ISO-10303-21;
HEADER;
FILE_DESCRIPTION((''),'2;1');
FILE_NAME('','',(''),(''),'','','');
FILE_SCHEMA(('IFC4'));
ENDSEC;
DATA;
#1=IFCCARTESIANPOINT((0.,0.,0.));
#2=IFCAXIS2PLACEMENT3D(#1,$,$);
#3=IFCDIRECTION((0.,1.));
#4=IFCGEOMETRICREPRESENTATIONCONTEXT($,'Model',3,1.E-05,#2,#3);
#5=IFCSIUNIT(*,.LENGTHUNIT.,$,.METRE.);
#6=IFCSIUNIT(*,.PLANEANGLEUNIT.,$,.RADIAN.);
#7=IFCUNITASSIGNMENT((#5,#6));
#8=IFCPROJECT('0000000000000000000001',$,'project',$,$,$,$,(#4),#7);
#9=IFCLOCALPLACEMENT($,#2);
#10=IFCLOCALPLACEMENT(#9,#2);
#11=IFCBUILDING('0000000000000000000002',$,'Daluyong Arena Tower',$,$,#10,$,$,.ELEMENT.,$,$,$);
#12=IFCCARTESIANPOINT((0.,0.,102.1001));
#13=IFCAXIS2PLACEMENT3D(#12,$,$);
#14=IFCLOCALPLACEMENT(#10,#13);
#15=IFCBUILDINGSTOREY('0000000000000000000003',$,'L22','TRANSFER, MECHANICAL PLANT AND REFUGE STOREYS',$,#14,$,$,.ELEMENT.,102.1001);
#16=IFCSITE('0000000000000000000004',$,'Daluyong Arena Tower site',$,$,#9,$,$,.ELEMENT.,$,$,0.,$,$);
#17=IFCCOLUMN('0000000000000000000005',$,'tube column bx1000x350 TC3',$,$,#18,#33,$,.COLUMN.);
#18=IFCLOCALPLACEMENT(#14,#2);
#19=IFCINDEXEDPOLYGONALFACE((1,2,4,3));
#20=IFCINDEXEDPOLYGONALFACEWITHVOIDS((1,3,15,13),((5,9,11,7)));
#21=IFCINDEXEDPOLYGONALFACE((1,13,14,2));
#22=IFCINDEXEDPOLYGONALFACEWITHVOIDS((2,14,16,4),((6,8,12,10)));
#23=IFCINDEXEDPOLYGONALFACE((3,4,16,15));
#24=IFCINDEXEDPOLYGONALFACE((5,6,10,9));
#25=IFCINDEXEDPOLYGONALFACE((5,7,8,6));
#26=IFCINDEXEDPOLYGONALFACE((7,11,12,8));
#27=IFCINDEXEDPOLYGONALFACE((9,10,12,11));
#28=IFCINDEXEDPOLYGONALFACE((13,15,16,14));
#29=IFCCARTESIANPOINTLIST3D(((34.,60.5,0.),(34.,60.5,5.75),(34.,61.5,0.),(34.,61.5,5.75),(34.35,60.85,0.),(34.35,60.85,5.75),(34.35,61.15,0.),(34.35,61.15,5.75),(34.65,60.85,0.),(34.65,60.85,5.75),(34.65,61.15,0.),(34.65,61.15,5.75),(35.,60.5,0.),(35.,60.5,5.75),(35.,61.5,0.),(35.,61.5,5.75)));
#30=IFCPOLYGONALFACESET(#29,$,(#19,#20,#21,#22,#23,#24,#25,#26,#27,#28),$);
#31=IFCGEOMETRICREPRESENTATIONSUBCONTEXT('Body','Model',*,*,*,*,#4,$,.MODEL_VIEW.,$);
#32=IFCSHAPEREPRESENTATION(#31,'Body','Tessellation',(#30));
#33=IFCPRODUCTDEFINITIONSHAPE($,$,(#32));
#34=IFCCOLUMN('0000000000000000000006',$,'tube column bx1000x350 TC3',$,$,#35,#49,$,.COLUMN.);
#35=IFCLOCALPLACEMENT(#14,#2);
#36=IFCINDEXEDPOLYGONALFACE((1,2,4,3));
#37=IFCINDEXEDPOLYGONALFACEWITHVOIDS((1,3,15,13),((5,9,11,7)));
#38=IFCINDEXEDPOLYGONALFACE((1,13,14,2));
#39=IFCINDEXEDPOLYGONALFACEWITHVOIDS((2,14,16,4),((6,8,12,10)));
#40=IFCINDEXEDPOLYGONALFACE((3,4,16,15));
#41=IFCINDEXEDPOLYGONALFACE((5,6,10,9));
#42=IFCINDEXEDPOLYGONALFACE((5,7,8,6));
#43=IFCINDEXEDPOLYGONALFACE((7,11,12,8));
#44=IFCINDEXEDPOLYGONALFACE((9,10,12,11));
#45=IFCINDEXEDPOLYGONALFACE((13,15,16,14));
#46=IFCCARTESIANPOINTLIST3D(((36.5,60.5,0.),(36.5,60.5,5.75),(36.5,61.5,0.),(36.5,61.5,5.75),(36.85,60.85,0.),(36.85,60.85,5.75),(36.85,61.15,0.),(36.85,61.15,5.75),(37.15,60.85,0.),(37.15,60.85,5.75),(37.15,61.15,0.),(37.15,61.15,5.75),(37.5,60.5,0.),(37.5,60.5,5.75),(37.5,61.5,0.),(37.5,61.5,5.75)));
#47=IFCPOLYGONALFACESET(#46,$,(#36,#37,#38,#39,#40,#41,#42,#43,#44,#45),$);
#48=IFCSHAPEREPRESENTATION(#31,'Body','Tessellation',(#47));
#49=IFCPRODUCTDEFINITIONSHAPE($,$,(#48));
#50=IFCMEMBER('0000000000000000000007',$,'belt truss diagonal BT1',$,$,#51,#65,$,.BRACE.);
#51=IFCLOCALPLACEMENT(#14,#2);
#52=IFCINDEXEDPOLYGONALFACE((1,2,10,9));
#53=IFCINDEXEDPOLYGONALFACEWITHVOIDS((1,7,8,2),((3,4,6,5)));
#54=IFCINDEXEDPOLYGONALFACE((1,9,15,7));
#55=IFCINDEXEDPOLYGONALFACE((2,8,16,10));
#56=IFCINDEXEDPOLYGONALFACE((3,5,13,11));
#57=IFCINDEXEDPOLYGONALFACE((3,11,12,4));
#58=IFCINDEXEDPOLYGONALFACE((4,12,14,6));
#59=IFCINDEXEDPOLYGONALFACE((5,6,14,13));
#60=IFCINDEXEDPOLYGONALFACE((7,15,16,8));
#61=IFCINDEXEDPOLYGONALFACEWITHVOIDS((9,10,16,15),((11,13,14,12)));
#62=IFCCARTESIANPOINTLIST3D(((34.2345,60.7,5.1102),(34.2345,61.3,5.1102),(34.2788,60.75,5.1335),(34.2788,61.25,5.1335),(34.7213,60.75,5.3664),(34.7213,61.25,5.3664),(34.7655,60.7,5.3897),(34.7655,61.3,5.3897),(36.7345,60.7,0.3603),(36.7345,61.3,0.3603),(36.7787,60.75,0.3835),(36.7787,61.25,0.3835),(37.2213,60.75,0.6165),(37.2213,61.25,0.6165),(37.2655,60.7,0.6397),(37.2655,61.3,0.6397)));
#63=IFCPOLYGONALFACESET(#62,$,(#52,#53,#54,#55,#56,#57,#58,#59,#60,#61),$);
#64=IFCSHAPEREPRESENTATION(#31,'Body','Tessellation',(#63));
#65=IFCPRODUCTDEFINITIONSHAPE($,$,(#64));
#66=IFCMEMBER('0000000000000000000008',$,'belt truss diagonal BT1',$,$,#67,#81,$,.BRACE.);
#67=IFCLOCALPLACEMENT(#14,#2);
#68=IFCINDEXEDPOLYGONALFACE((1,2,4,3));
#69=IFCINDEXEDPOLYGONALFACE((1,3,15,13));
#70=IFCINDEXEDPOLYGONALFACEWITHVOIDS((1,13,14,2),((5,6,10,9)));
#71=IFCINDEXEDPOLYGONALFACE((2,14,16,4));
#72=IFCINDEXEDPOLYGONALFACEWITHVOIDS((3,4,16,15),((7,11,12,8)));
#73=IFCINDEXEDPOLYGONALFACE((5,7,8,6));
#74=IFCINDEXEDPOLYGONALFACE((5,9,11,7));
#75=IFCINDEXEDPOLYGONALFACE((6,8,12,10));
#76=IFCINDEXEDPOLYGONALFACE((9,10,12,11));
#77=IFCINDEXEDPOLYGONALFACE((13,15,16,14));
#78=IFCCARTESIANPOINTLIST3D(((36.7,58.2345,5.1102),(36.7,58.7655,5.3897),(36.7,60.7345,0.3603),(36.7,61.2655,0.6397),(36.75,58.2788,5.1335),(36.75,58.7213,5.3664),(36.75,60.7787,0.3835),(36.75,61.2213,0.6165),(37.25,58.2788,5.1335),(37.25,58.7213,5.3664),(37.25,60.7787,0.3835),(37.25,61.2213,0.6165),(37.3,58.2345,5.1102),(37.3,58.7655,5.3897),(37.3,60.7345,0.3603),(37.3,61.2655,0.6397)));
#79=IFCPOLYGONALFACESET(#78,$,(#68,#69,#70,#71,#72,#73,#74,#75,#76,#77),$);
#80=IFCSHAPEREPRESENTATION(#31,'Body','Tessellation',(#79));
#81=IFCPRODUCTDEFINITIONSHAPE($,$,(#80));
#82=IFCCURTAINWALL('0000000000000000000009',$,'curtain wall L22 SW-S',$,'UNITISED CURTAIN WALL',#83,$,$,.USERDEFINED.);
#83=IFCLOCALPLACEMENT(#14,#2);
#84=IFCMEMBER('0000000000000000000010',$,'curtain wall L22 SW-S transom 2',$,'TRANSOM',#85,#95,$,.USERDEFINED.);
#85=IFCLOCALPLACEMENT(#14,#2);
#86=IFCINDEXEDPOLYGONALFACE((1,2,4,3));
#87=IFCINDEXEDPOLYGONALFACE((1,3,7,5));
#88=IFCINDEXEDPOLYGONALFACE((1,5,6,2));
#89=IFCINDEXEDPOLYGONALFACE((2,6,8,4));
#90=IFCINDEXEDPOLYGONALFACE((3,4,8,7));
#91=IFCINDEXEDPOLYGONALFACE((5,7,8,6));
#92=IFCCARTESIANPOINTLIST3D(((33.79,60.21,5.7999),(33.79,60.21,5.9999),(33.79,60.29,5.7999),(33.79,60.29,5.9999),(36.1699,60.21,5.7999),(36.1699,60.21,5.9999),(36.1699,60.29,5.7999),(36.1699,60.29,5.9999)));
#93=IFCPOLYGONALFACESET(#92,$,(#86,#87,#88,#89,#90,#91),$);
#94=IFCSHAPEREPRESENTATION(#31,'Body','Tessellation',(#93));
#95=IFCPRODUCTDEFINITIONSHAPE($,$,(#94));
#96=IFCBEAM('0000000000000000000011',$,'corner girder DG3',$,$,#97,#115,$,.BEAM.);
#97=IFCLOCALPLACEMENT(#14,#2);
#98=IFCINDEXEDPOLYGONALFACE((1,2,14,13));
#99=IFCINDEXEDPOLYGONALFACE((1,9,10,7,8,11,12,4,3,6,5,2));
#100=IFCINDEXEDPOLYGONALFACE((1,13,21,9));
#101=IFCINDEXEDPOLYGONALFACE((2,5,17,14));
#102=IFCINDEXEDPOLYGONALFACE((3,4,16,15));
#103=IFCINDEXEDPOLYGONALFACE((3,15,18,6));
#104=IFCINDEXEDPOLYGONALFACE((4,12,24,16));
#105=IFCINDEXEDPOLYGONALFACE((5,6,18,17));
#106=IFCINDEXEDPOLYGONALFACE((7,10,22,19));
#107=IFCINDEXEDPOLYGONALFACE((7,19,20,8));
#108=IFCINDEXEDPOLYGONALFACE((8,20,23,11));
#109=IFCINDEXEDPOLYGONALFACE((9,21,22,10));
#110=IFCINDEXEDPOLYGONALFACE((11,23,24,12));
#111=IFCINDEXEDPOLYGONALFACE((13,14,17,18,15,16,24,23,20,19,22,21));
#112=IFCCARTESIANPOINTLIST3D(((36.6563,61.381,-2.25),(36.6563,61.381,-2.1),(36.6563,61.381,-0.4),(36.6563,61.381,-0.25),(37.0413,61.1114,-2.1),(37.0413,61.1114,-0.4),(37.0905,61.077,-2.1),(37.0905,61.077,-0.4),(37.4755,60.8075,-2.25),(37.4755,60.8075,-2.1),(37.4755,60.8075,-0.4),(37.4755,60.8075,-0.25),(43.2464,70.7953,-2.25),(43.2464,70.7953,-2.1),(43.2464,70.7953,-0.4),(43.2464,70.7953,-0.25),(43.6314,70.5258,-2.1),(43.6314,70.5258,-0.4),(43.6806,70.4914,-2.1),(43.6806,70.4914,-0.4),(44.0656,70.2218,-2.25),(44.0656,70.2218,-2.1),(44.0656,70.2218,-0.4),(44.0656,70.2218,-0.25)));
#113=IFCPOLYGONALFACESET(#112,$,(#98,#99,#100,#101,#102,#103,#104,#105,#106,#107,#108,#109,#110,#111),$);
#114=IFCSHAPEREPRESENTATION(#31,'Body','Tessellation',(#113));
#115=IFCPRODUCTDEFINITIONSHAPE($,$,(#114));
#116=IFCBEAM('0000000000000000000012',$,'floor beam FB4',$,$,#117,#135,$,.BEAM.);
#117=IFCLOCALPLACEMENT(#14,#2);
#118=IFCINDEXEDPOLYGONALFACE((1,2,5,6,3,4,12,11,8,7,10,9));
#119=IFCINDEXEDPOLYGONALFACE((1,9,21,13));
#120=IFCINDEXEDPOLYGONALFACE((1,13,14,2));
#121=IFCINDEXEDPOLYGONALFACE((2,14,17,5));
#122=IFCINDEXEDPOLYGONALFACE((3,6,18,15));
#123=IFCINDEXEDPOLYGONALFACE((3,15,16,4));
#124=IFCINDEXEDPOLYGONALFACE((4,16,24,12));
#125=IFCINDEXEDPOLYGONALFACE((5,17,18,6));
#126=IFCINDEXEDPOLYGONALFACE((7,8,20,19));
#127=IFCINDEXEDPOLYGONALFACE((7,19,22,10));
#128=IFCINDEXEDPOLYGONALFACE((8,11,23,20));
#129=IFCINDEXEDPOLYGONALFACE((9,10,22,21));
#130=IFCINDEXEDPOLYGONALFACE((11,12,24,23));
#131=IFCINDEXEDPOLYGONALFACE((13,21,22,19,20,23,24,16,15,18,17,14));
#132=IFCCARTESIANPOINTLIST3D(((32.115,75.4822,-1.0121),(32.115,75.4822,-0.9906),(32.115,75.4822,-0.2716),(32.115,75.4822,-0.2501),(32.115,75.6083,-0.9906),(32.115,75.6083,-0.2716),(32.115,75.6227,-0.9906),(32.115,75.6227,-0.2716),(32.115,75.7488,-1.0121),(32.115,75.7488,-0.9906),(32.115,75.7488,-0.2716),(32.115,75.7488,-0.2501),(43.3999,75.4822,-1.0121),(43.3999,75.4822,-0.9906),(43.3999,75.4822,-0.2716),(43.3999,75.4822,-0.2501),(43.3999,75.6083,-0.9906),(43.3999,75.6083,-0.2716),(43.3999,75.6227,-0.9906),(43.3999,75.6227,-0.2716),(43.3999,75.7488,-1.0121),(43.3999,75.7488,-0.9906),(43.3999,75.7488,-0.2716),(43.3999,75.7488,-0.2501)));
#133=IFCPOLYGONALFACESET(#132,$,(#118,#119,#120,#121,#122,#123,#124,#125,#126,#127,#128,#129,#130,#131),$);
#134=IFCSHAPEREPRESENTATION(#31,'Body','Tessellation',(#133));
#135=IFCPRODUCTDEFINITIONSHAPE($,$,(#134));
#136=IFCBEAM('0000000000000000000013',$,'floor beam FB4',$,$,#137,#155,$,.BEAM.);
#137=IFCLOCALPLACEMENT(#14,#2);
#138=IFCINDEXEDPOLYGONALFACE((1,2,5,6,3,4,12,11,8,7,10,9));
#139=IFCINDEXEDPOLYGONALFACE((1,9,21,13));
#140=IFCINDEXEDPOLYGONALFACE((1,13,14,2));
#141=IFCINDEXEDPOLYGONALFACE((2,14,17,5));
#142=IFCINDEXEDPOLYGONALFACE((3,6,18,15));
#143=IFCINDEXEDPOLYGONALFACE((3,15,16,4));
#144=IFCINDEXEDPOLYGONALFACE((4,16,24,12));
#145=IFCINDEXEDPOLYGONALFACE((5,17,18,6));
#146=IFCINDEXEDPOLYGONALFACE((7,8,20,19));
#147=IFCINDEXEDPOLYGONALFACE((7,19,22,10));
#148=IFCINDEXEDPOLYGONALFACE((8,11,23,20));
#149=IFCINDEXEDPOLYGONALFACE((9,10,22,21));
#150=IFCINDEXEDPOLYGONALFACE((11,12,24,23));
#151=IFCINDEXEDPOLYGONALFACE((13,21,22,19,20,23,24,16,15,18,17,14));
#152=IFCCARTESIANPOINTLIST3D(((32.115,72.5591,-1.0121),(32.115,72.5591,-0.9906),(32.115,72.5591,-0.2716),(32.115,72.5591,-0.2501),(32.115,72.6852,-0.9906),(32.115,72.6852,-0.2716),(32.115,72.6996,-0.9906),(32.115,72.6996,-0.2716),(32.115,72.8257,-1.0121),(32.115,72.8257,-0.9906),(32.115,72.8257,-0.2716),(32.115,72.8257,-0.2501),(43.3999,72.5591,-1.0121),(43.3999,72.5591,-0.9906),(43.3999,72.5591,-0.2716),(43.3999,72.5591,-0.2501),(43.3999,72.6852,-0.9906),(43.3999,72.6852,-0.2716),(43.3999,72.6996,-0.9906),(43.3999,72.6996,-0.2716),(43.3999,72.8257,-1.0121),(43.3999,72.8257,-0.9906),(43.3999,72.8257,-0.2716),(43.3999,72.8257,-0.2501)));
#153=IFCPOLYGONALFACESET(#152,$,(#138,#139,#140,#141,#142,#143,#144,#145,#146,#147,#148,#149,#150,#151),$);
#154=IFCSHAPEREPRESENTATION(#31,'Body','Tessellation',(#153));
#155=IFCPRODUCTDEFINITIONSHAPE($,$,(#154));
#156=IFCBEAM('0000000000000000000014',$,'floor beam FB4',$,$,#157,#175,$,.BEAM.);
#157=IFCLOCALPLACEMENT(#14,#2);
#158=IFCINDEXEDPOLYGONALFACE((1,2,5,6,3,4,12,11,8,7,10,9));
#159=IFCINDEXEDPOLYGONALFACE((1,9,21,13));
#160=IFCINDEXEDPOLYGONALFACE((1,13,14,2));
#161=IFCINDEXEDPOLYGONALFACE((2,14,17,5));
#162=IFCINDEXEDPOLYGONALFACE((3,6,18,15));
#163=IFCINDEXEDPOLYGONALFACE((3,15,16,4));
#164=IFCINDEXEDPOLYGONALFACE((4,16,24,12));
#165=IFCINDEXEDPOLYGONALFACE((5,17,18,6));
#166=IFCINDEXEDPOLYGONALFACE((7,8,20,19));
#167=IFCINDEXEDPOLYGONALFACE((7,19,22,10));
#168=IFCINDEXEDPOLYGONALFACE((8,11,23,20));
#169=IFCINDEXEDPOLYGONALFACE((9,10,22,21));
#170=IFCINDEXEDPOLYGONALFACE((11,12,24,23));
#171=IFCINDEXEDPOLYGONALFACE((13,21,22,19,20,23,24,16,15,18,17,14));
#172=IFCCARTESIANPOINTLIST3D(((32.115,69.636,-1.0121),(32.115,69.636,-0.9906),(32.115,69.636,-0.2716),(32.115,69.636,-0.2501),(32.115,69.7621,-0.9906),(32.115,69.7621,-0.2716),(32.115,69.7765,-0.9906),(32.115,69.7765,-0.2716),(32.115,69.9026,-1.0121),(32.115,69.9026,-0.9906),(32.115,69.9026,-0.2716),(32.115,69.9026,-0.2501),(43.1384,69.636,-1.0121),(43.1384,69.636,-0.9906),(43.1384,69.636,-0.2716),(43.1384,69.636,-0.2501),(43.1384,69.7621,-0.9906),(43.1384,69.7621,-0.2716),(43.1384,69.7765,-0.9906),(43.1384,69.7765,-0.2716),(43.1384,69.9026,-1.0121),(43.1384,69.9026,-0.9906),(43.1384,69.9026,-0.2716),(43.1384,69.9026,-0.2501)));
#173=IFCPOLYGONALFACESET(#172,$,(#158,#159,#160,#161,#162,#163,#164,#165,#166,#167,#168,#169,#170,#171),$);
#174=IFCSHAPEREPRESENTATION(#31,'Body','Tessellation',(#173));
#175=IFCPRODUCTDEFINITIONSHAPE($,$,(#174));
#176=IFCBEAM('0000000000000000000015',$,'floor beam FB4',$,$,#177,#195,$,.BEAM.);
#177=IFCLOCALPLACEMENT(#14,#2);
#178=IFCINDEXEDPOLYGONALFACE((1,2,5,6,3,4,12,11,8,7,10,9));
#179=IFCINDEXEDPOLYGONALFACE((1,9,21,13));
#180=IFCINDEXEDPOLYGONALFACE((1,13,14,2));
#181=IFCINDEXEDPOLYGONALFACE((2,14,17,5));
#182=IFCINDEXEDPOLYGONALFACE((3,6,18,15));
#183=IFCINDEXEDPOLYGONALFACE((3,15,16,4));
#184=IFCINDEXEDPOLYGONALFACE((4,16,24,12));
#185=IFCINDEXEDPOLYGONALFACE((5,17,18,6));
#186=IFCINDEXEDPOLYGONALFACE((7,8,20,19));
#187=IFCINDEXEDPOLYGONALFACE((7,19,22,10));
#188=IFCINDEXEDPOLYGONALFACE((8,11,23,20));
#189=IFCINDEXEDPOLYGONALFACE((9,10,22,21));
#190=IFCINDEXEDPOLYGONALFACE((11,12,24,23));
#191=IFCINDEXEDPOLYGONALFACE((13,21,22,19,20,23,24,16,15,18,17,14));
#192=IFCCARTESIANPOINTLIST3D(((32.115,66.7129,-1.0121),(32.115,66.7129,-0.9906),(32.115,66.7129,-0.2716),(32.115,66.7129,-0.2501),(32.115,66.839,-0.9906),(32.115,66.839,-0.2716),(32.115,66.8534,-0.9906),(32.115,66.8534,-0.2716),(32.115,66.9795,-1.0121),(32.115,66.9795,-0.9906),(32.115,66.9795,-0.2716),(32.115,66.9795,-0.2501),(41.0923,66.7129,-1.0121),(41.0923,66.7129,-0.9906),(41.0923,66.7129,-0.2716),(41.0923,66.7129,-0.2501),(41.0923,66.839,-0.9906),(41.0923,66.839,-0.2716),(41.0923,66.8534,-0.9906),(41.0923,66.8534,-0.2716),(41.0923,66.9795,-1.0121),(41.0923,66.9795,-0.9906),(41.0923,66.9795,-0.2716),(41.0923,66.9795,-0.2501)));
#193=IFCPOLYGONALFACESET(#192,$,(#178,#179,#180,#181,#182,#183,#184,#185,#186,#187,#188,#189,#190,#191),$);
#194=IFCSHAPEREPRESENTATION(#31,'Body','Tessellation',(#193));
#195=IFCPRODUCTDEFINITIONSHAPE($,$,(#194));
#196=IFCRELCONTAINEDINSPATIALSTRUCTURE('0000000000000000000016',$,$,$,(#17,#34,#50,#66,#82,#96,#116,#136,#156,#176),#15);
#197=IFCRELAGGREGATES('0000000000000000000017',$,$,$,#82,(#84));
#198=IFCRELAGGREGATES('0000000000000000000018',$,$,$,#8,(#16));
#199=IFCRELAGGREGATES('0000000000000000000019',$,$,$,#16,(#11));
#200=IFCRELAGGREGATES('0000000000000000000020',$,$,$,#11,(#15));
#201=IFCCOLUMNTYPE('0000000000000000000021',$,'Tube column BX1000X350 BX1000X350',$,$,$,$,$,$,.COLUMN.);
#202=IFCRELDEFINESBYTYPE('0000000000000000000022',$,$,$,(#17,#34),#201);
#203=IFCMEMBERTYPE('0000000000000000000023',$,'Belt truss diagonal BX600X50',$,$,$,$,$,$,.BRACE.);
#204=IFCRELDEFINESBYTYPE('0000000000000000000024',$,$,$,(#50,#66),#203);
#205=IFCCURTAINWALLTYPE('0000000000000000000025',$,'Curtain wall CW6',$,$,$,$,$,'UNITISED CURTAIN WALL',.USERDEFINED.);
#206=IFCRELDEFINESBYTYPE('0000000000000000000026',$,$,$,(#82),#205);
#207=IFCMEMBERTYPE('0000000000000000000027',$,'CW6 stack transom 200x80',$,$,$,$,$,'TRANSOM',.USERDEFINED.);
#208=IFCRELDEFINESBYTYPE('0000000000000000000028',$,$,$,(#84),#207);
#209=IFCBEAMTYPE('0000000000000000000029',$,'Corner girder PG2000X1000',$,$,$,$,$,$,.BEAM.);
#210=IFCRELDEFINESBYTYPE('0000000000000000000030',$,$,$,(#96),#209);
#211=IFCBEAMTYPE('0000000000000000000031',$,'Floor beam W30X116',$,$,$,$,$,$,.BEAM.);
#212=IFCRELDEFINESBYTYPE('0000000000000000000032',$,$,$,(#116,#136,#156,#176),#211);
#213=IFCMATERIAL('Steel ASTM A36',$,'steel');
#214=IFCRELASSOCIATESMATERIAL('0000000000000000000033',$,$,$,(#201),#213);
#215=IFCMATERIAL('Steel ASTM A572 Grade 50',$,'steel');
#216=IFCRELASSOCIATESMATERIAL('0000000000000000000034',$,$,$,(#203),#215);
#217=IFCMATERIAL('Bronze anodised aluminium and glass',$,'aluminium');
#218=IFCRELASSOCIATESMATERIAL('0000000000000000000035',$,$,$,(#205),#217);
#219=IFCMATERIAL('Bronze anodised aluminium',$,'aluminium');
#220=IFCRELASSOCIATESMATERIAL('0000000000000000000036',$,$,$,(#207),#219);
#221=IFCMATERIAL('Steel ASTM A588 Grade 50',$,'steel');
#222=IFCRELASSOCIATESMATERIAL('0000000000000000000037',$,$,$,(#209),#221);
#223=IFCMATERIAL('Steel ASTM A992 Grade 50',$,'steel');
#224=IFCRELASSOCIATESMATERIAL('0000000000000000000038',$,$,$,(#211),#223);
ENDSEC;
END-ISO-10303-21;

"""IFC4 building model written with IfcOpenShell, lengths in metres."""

from ifc_helpers import new_model, si_unit, direction, frame, origin, origin_2d, place, context, subcontext, project, spatial, rectangle, hollow_rectangle, i_section, extrude, material, material_profile, profile_set, type_object, element, aggregate, save


model = new_model("IFC4")

# Units and contexts
model_context = context("Model", 3, precision=1e-05, world=origin(), true_north=direction((0.0, 1.0)))
body_context = subcontext(model_context, "Body", "Model", "MODEL_VIEW")
ifc_project = project(units=[si_unit("LENGTHUNIT", "METRE"), si_unit("PLANEANGLEUNIT", "RADIAN")], contexts=[model_context])

# Site, building, storey
site_placement = place(None, origin())
site = spatial("IfcSite", under=ifc_project, at=site_placement, Name="Daluyong Arena Tower site", CompositionType="ELEMENT", RefElevation=0.0)
building_placement = place(site_placement, origin())
building = spatial("IfcBuilding", under=site, at=building_placement, Name="Daluyong Arena Tower", CompositionType="ELEMENT")
storey_placement = place(building_placement, frame((0.0, 0.0, 102.1001)))
storey = spatial("IfcBuildingStorey", under=building, at=storey_placement, Name="L22", Description="TRANSFER, MECHANICAL PLANT AND REFUGE STOREYS", CompositionType="ELEMENT", Elevation=102.1001)

# Columns
ifc_material_1 = material(Name="Steel ASTM A36", Category="steel")
ifc_material_profile_1 = material_profile(ifc_material_1, hollow_rectangle(XDim=1.0, YDim=1.0, WallThickness=0.35, at=origin_2d()))
ifc_profile_set_1 = profile_set([ifc_material_profile_1], Name="Steel ASTM A36")
column_type = type_object("IfcColumnType", Name="Tube column BX1000X350 BX1000X350", PredefinedType="COLUMN", material=ifc_profile_set_1)
for number, where, z_axis, x_axis, name in (
    (1, (34.5, 61.0, 0.0), (0.0, 0.0, 1.0), (1.0, 0.0, 0.0), "tube column bx1000x350 TC3"),
    (2, (37.0, 61.0, 0.0), (0.0, 0.0, 1.0), (0.0, 1.0, 0.0), "tube column bx1000x350 TC3"),
):
    element("IfcColumn", number, at=place(storey_placement, frame(where, z_axis=z_axis, x_axis=x_axis)), inside=storey, type_object=column_type, Name=name, PredefinedType="COLUMN", context=body_context, shape_type="SweptSolid", body=[
        extrude(hollow_rectangle(XDim=1.0, YDim=1.0, WallThickness=0.35, at=origin_2d()), origin(), (0.0, 0.0, 1.0), 5.75),
    ])

# Members
ifc_material_2 = material(Name="Steel ASTM A572 Grade 50", Category="steel")
ifc_material_profile_2 = material_profile(ifc_material_2, hollow_rectangle(XDim=0.6001, YDim=0.6001, WallThickness=0.05, at=origin_2d()))
ifc_profile_set_2 = profile_set([ifc_material_profile_2], Name="Steel ASTM A572 Grade 50")
member_type_1 = type_object("IfcMemberType", Name="Belt truss diagonal BX600X50", PredefinedType="BRACE", material=ifc_profile_set_2)
for number, where, z_axis, x_axis, name in (
    (3, (37.0, 61.0, 0.5), (-0.465746, 0.0, 0.884918), (0.0, -1.0, 0.0), "belt truss diagonal BT1"),
    (4, (37.0, 61.0, 0.5), (0.0, -0.465746, 0.884918), (1.0, 0.0, 0.0), "belt truss diagonal BT1"),
):
    element("IfcMember", number, at=place(storey_placement, frame(where, z_axis=z_axis, x_axis=x_axis)), inside=storey, type_object=member_type_1, Name=name, PredefinedType="BRACE", context=body_context, shape_type="SweptSolid", body=[
        extrude(hollow_rectangle(XDim=0.6001, YDim=0.6001, WallThickness=0.05, at=origin_2d()), origin(), (0.0, 0.0, 1.0), 5.3677),
    ])

# Curtain wall, member
ifc_material_3 = material(Name="Bronze anodised aluminium and glass", Category="aluminium")
curtain_wall_type = type_object("IfcCurtainWallType", Name="Curtain wall CW6", ElementType="UNITISED CURTAIN WALL", PredefinedType="USERDEFINED", material=ifc_material_3)
curtain_wall_placement = place(storey_placement, origin())
curtain_wall = element("IfcCurtainWall", 5, at=curtain_wall_placement, inside=storey, type_object=curtain_wall_type, Name="curtain wall L22 SW-S", ObjectType="UNITISED CURTAIN WALL", PredefinedType="USERDEFINED")
ifc_material_4 = material(Name="Bronze anodised aluminium", Category="aluminium")
ifc_material_profile_3 = material_profile(ifc_material_4, rectangle(XDim=0.0801, YDim=0.2, at=origin_2d()))
ifc_profile_set_3 = profile_set([ifc_material_profile_3], Name="Bronze anodised aluminium")
member_type_2 = type_object("IfcMemberType", Name="CW6 stack transom 200x80", ElementType="TRANSOM", PredefinedType="USERDEFINED", material=ifc_profile_set_3)
member_1_placement = place(storey_placement, frame((33.79, 60.25, 5.8999), z_axis=(1.0, 0.0, 0.0), x_axis=(0.0, 1.0, 0.0)))
member_1 = element("IfcMember", 6, at=member_1_placement, type_object=member_type_2, Name="curtain wall L22 SW-S transom 2", ObjectType="TRANSOM", PredefinedType="USERDEFINED", context=body_context, shape_type="SweptSolid", body=[
    extrude(rectangle(XDim=0.0801, YDim=0.2, at=origin_2d()), origin(), (0.0, 0.0, 1.0), 2.3799),
])

# Beams
ifc_material_5 = material(Name="Steel ASTM A588 Grade 50", Category="steel")
ifc_material_profile_4 = material_profile(ifc_material_5, i_section(OverallWidth=1.0, OverallDepth=2.0, WebThickness=0.06, FlangeThickness=0.15, at=origin_2d()))
ifc_profile_set_4 = profile_set([ifc_material_profile_4], Name="Steel ASTM A588 Grade 50")
beam_type_1 = type_object("IfcBeamType", Name="Corner girder PG2000X1000", PredefinedType="BEAM", material=ifc_profile_set_4)
beam_1_placement = place(storey_placement, frame((37.0659, 61.0942, -1.25), z_axis=(0.573467, 0.819229, 0.0), x_axis=(-0.819229, 0.573467, 0.0)))
element("IfcBeam", 7, at=beam_1_placement, inside=storey, type_object=beam_type_1, Name="corner girder DG3", PredefinedType="BEAM", context=body_context, shape_type="SweptSolid", body=[
    extrude(i_section(OverallWidth=1.0, OverallDepth=2.0, WebThickness=0.06, FlangeThickness=0.15, at=origin_2d()), origin(), (0.0, 0.0, 1.0), 11.4917),
])
ifc_material_6 = material(Name="Steel ASTM A992 Grade 50", Category="steel")
ifc_material_profile_5 = material_profile(ifc_material_6, i_section(OverallWidth=0.2666, OverallDepth=0.762, WebThickness=0.0144, FlangeThickness=0.0215, at=origin_2d()))
ifc_profile_set_5 = profile_set([ifc_material_profile_5], Name="Steel ASTM A992 Grade 50")
beam_type_2 = type_object("IfcBeamType", Name="Floor beam W30X116", PredefinedType="BEAM", material=ifc_profile_set_5)
for number, where, z_axis, x_axis, name in (
    (8, (32.115, 75.6155, -0.6311), (1.0, 0.0, 0.0), (0.0, 1.0, 0.0), "floor beam FB4"),
    (9, (32.115, 72.6924, -0.6311), (1.0, 0.0, 0.0), (0.0, 1.0, 0.0), "floor beam FB4"),
):
    element("IfcBeam", number, at=place(storey_placement, frame(where, z_axis=z_axis, x_axis=x_axis)), inside=storey, type_object=beam_type_2, Name=name, PredefinedType="BEAM", context=body_context, shape_type="SweptSolid", body=[
        extrude(i_section(OverallWidth=0.2666, OverallDepth=0.762, WebThickness=0.0144, FlangeThickness=0.0215, at=origin_2d()), origin(), (0.0, 0.0, 1.0), 11.2849),
    ])
beam_2_placement = place(storey_placement, frame((32.115, 69.7693, -0.6311), z_axis=(1.0, 0.0, 0.0), x_axis=(0.0, 1.0, 0.0)))
element("IfcBeam", 10, at=beam_2_placement, inside=storey, type_object=beam_type_2, Name="floor beam FB4", PredefinedType="BEAM", context=body_context, shape_type="SweptSolid", body=[
    extrude(i_section(OverallWidth=0.2666, OverallDepth=0.762, WebThickness=0.0144, FlangeThickness=0.0215, at=origin_2d()), origin(), (0.0, 0.0, 1.0), 11.0234),
])
beam_3_placement = place(storey_placement, frame((32.115, 66.8462, -0.6311), z_axis=(1.0, 0.0, 0.0), x_axis=(0.0, 1.0, 0.0)))
element("IfcBeam", 11, at=beam_3_placement, inside=storey, type_object=beam_type_2, Name="floor beam FB4", PredefinedType="BEAM", context=body_context, shape_type="SweptSolid", body=[
    extrude(i_section(OverallWidth=0.2666, OverallDepth=0.762, WebThickness=0.0144, FlangeThickness=0.0215, at=origin_2d()), origin(), (0.0, 0.0, 1.0), 8.9773),
])

aggregate(curtain_wall, [member_1])

save(model, "model.ifc")
